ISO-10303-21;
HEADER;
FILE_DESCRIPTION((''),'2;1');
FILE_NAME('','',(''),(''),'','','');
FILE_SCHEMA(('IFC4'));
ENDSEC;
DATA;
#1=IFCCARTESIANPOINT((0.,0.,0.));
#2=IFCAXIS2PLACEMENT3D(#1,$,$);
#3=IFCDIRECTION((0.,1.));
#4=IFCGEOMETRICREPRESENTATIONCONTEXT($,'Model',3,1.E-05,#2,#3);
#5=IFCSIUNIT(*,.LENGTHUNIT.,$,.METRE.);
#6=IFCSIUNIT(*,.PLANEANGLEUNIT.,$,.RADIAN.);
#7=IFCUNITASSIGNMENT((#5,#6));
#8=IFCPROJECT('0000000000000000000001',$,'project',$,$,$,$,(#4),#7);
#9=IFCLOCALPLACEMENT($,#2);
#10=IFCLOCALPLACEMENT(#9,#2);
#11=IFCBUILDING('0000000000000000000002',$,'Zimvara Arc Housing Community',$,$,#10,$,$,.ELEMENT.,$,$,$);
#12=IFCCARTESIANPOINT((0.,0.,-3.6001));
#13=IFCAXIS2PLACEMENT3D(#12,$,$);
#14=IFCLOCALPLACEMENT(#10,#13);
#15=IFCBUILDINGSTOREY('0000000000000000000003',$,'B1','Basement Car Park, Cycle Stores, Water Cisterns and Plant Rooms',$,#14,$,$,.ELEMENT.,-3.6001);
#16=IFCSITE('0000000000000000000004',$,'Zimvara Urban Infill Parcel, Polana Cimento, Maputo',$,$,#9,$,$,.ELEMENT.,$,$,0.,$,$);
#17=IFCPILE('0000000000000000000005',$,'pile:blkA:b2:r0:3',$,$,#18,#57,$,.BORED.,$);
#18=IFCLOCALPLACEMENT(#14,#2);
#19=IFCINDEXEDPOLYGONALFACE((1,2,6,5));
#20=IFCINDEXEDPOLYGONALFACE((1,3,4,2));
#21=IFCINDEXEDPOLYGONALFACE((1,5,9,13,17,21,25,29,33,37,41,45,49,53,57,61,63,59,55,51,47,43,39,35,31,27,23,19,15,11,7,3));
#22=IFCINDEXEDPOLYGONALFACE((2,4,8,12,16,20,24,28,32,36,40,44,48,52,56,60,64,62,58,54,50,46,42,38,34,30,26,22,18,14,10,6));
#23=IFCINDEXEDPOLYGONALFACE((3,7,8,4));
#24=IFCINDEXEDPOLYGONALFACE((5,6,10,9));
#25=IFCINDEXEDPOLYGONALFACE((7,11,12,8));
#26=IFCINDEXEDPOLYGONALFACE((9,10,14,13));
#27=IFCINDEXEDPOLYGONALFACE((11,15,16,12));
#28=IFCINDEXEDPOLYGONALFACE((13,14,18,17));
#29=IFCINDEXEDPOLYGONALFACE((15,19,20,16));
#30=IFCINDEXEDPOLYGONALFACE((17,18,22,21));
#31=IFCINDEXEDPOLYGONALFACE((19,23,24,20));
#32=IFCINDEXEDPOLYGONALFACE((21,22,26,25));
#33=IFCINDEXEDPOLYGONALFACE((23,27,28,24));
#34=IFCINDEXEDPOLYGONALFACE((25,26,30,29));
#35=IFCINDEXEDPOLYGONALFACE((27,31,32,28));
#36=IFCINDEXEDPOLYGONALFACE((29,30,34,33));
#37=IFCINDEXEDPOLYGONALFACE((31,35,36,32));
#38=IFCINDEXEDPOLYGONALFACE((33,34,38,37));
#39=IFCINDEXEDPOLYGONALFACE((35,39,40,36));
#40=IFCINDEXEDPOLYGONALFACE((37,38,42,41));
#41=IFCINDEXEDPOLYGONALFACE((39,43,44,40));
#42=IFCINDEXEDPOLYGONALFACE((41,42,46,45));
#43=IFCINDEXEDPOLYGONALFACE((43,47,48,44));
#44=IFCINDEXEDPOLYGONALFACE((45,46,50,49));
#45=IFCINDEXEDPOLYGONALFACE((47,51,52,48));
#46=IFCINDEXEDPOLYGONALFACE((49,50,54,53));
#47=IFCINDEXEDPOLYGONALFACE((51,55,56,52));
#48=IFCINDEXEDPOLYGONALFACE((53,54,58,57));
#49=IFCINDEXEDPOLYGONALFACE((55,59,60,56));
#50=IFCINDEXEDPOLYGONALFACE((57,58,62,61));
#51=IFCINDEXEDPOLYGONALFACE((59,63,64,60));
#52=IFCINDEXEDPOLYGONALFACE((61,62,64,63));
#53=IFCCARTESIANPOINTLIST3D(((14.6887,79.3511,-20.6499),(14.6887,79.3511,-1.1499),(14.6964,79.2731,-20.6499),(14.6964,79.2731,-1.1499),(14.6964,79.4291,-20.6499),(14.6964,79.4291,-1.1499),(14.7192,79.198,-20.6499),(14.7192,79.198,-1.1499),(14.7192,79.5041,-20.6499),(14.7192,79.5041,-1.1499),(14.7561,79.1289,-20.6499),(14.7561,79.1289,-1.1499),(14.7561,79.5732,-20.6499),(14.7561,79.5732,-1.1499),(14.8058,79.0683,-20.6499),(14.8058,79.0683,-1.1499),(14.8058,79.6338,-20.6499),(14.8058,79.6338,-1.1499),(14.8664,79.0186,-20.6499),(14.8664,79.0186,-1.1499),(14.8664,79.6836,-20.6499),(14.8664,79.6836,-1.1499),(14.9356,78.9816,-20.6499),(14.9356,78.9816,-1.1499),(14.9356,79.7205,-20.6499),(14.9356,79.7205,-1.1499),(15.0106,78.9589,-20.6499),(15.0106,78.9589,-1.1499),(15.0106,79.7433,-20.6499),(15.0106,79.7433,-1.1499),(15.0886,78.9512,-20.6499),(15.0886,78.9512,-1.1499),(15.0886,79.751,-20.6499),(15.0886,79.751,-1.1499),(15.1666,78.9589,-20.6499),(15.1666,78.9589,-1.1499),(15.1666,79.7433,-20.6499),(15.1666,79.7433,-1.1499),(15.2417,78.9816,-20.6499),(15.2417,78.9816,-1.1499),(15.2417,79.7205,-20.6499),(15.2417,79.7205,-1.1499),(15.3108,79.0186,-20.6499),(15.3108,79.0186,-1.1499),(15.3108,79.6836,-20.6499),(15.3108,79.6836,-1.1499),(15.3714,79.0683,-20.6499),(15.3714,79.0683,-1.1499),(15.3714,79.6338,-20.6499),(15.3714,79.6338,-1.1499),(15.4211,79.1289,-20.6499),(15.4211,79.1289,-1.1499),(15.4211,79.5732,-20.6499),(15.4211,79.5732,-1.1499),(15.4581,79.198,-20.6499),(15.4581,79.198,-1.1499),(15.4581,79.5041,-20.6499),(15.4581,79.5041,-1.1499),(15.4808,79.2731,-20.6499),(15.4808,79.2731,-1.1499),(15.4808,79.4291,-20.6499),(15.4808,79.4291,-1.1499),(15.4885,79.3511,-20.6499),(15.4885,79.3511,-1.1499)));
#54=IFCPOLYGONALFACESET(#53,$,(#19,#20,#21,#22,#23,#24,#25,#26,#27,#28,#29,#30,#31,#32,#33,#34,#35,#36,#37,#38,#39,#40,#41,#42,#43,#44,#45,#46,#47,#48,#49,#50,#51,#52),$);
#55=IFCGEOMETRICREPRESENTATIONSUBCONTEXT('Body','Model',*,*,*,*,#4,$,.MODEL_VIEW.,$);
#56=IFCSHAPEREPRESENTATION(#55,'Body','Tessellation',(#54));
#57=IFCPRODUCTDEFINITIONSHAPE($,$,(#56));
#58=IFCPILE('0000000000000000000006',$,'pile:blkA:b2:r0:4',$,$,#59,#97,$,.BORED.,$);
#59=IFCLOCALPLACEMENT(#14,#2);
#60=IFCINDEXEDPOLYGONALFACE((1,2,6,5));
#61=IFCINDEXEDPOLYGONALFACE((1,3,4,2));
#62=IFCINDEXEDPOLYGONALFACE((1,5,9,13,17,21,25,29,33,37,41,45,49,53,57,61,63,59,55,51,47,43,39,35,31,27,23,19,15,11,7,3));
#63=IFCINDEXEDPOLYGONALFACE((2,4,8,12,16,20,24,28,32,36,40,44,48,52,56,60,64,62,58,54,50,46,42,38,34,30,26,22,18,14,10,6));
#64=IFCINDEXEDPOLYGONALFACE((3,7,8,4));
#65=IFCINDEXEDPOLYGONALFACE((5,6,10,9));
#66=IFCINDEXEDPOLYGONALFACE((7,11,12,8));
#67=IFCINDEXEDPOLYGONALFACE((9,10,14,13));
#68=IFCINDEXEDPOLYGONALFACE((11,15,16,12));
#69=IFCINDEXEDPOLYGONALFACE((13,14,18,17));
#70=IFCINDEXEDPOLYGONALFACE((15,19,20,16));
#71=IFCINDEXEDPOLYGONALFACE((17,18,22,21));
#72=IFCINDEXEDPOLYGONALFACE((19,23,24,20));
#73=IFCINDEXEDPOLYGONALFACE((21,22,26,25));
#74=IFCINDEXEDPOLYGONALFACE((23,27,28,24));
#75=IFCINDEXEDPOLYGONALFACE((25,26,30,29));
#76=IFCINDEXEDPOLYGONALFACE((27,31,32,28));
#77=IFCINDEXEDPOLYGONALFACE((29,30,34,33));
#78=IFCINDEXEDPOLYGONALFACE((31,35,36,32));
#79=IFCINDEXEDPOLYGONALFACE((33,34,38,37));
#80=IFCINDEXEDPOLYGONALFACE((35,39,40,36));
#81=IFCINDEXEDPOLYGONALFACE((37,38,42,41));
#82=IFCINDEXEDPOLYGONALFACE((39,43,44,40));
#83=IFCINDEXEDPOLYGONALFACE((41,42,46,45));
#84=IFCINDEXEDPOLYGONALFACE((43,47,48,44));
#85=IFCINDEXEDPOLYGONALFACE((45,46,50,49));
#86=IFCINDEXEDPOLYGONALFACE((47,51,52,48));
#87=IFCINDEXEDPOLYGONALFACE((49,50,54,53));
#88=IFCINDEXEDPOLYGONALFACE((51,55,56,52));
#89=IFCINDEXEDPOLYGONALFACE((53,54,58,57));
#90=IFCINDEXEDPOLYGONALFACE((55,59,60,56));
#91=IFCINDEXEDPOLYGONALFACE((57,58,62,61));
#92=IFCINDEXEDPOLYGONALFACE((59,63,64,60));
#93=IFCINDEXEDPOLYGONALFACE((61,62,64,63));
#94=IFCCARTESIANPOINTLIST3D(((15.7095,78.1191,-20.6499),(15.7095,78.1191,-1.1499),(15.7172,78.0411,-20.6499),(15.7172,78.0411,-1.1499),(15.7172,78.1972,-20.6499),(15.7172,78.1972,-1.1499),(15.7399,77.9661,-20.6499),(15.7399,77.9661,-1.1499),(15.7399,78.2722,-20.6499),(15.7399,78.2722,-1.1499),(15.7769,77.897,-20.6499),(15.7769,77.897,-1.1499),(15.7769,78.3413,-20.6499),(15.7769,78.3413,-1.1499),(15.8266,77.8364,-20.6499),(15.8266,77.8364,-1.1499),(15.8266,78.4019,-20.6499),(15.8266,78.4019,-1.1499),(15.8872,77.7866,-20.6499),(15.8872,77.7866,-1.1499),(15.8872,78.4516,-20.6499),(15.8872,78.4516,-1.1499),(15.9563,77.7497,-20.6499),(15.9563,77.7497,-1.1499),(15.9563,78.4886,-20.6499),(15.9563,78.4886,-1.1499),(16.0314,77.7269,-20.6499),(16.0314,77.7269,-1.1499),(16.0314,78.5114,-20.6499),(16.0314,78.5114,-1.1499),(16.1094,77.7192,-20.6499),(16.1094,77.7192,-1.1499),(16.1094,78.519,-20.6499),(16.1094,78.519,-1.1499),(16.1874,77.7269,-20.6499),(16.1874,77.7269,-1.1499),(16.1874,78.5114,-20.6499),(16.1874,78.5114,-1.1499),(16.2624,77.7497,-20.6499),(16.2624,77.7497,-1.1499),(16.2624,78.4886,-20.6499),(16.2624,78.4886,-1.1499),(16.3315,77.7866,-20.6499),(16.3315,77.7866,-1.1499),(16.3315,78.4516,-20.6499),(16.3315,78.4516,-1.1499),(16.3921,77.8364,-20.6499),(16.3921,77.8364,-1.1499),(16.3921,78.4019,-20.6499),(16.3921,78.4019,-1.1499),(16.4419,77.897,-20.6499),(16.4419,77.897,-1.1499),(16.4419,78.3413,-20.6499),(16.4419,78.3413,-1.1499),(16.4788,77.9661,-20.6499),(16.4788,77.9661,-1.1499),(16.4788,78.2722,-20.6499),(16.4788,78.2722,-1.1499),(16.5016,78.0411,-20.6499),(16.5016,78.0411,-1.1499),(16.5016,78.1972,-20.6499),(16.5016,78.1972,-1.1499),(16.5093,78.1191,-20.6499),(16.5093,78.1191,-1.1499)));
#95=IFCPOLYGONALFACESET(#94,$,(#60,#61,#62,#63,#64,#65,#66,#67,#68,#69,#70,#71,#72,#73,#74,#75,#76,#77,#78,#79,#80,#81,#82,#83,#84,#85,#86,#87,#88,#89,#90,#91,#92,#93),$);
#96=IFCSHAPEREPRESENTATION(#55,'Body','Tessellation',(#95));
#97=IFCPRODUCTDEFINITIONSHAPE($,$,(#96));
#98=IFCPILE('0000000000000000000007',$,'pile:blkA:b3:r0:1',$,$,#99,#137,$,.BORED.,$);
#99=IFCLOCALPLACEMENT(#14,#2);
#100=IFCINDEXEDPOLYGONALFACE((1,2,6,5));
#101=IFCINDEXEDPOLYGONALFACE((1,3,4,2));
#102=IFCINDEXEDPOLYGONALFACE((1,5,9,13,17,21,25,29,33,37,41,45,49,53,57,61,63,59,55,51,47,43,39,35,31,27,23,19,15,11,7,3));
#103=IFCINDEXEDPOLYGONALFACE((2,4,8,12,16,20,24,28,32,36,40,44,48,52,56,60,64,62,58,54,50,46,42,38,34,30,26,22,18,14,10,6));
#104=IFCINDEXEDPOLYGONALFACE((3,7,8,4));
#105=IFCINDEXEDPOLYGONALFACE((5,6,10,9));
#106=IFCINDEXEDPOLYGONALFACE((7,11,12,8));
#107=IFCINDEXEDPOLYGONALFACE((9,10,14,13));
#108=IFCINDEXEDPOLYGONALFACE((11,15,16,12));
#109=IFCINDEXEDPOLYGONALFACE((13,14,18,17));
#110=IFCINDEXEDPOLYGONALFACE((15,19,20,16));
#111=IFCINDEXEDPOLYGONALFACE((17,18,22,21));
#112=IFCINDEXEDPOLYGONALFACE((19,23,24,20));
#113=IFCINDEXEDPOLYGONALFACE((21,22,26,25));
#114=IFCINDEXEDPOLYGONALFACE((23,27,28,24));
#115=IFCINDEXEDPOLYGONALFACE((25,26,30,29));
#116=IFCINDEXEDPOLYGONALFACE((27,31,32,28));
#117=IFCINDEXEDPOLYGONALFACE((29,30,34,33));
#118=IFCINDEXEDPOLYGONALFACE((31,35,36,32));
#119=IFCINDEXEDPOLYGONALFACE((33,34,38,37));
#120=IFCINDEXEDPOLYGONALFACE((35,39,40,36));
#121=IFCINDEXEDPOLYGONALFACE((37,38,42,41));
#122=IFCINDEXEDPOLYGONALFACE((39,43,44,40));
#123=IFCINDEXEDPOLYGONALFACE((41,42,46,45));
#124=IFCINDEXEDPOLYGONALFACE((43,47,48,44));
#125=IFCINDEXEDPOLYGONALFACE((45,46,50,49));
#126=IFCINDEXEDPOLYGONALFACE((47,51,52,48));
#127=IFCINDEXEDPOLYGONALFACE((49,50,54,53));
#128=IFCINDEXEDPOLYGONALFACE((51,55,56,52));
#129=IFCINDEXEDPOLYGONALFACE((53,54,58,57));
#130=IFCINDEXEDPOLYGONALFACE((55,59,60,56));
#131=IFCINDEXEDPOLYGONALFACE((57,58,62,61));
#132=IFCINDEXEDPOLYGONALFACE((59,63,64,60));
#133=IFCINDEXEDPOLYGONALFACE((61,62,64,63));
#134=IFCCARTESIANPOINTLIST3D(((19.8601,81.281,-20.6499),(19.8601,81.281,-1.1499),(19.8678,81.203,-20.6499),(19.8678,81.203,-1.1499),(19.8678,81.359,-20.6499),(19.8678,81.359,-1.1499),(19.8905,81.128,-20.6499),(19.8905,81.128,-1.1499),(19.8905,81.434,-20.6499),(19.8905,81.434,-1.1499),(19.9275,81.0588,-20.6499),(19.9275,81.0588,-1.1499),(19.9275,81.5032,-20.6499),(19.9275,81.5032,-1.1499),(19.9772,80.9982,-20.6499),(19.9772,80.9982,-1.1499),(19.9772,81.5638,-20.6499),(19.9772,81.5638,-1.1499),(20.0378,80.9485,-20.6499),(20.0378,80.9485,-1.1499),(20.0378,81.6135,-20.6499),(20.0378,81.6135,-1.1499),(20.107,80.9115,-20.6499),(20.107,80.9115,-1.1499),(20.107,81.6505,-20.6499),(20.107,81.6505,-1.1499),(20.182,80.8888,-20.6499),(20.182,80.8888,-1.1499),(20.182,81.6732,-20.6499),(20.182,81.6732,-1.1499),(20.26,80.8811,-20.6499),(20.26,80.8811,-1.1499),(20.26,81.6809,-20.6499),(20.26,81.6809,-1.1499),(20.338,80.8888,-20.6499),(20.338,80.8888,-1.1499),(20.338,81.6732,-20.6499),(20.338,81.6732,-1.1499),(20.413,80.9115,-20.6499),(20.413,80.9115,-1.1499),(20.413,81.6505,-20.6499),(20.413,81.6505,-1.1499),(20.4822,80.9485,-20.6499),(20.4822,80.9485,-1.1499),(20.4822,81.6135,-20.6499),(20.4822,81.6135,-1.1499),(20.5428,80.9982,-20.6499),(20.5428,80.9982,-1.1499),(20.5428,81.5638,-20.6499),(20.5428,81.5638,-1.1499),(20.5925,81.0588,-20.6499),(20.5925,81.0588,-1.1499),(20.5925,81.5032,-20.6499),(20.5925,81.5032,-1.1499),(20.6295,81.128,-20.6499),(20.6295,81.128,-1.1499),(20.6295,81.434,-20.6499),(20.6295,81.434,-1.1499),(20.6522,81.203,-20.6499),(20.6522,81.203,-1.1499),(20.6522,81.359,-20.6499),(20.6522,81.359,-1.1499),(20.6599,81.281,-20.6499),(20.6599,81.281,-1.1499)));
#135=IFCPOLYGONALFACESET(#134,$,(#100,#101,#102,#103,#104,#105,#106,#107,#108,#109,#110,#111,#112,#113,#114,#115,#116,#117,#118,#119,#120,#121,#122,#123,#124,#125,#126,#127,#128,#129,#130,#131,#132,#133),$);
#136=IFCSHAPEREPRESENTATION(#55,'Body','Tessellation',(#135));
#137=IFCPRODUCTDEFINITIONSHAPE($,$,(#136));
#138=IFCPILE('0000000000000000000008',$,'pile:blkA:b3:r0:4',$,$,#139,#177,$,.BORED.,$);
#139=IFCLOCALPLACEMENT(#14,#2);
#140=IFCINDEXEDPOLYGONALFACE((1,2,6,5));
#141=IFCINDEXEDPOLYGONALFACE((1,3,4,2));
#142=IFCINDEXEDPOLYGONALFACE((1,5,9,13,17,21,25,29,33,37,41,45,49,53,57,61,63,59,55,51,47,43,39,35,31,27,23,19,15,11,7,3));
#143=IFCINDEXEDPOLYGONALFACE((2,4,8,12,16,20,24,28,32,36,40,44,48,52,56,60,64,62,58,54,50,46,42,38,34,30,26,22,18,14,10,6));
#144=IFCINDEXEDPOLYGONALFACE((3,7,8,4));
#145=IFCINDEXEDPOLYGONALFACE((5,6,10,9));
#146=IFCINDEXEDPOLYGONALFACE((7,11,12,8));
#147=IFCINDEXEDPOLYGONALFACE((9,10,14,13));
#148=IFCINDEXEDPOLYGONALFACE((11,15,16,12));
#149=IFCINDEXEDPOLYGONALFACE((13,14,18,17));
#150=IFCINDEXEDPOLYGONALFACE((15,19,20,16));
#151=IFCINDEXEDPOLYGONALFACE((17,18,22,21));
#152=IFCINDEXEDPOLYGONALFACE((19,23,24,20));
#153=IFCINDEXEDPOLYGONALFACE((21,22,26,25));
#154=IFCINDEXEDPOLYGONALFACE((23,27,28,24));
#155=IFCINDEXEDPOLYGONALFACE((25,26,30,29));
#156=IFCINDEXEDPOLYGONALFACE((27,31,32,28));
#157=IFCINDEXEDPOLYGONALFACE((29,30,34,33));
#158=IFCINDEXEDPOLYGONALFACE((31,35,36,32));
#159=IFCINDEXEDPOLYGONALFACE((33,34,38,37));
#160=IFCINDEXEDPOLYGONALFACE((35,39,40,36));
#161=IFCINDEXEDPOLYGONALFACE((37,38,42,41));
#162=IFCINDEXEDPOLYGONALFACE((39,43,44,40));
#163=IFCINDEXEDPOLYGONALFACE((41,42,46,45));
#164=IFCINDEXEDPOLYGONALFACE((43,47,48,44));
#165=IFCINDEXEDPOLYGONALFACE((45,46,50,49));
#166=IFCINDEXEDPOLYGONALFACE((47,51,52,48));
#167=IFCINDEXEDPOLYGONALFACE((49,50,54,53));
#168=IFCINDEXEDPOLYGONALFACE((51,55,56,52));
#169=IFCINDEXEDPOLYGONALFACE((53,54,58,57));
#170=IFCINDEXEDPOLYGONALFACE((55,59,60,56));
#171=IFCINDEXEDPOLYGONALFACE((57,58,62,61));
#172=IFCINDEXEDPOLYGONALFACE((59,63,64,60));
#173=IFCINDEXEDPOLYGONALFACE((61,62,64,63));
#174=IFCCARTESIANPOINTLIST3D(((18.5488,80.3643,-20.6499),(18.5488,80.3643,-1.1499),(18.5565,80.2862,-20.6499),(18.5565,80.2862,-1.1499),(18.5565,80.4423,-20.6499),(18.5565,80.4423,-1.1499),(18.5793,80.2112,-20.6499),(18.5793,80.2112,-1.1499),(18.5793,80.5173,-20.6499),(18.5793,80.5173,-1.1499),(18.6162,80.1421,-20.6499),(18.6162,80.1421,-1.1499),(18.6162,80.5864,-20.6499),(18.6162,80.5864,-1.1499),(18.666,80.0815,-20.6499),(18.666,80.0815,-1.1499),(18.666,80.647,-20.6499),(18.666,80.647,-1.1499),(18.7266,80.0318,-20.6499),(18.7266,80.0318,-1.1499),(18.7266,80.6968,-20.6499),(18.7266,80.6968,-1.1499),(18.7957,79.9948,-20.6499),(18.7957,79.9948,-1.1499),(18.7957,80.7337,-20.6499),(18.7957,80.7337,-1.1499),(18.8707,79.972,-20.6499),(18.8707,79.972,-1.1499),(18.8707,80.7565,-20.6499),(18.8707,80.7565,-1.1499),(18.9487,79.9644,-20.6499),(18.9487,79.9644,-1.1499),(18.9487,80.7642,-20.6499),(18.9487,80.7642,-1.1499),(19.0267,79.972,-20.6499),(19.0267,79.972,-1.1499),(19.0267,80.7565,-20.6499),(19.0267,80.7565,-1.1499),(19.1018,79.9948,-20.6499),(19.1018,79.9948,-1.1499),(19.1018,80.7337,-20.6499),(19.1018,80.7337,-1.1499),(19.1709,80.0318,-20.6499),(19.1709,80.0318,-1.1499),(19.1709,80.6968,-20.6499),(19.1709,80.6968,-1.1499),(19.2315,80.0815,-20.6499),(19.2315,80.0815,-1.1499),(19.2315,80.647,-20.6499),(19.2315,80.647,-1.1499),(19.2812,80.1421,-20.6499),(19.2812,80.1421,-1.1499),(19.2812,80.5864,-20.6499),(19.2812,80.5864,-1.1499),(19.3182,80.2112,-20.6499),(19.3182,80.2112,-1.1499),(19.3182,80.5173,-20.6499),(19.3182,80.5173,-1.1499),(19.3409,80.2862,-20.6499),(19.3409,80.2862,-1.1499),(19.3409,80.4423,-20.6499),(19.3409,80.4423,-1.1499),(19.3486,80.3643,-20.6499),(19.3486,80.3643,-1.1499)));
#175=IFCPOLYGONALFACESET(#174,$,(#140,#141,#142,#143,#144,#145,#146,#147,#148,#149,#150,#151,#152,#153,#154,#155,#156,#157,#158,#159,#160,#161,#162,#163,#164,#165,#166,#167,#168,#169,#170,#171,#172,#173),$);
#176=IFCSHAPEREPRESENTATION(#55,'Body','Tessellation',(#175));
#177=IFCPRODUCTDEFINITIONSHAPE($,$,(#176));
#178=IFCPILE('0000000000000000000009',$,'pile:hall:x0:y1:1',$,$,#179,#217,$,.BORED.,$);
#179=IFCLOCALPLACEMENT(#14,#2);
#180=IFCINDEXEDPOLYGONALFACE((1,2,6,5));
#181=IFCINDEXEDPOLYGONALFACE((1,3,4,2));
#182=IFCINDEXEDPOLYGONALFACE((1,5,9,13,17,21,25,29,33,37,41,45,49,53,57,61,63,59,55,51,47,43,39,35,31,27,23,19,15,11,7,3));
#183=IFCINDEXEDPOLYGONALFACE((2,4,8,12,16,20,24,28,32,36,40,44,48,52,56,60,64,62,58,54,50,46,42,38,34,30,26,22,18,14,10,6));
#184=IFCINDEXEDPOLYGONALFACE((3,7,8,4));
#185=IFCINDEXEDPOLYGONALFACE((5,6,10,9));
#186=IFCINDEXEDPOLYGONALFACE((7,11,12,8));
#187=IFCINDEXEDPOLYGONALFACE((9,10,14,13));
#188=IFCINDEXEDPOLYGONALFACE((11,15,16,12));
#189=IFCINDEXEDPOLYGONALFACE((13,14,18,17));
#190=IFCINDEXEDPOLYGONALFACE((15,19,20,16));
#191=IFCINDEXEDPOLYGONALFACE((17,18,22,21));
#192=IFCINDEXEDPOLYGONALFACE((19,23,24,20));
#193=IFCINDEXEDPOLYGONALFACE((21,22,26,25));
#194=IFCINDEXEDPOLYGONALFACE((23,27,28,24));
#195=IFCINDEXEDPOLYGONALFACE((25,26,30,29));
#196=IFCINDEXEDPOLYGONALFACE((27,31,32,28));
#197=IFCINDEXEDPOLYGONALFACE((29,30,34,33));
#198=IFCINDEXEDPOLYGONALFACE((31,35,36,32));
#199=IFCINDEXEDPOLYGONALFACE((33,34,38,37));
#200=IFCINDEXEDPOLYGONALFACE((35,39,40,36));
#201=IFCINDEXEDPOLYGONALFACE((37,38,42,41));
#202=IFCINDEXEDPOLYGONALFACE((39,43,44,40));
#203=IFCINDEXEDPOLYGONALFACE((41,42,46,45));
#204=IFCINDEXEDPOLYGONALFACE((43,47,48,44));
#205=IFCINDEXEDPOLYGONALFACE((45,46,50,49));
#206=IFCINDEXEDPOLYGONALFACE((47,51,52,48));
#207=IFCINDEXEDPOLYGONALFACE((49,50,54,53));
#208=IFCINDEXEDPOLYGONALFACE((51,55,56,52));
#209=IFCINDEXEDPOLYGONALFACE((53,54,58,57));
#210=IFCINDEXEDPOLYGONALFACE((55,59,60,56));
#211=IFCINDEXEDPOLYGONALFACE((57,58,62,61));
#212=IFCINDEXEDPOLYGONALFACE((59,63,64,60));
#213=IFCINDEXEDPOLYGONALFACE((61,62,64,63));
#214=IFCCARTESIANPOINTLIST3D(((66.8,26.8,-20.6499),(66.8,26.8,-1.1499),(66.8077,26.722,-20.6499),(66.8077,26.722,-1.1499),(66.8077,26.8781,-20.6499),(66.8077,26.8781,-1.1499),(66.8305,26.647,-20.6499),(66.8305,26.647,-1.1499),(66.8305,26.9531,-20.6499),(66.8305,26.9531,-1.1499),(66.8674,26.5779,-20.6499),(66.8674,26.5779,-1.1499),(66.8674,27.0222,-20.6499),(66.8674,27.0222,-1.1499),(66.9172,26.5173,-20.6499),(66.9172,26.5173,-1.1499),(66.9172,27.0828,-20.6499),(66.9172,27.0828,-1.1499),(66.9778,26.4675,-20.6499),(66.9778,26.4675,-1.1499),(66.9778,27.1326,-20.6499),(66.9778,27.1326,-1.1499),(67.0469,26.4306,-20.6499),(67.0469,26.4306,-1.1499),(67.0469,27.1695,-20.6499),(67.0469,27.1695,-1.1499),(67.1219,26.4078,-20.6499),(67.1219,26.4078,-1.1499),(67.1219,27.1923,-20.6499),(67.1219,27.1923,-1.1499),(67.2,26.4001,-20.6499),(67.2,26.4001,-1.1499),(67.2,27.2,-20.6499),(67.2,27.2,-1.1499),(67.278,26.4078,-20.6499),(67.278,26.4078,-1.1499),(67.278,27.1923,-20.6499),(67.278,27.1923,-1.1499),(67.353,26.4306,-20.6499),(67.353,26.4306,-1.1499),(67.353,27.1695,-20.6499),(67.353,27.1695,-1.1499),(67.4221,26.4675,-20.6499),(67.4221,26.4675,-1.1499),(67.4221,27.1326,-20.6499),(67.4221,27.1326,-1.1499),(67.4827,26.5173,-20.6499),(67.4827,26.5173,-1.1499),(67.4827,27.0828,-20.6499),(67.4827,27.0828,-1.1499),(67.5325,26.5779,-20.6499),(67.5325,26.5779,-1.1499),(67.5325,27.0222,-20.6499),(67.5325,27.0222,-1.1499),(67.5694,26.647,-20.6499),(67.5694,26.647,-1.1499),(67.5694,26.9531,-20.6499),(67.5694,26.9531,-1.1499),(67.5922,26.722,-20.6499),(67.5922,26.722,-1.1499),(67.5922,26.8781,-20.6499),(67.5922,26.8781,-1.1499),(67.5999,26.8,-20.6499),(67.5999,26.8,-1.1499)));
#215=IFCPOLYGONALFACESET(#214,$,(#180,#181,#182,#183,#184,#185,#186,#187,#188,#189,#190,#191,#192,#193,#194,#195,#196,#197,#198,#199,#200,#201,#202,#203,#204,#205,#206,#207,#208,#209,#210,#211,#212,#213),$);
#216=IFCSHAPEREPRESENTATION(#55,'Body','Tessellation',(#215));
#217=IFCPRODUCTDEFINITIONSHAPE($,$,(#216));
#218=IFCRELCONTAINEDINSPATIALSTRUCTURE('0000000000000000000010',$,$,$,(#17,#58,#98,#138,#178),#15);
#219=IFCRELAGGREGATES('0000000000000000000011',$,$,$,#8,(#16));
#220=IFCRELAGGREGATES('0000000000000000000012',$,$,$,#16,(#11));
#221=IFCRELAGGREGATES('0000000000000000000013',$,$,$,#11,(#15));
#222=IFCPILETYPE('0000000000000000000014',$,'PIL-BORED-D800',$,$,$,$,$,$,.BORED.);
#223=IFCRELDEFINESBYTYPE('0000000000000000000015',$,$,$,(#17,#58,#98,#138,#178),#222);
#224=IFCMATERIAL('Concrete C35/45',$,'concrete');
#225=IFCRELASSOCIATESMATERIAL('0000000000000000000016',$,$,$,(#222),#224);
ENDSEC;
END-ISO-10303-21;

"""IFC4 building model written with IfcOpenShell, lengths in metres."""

from ifc_helpers import new_model, si_unit, direction, frame, origin, origin_2d, place, context, subcontext, project, spatial, circle, extrude, material, material_profile, profile_set, type_object, element, save


model = new_model("IFC4")

# Units and contexts
model_context = context("Model", 3, precision=1e-05, world=origin(), true_north=direction((0.0, 1.0)))
body_context = subcontext(model_context, "Body", "Model", "MODEL_VIEW")
ifc_project = project(units=[si_unit("LENGTHUNIT", "METRE"), si_unit("PLANEANGLEUNIT", "RADIAN")], contexts=[model_context])

# Site, building, storey
site_placement = place(None, origin())
site = spatial("IfcSite", under=ifc_project, at=site_placement, Name="Zimvara Urban Infill Parcel, Polana Cimento, Maputo", CompositionType="ELEMENT", RefElevation=0.0)
building_placement = place(site_placement, origin())
building = spatial("IfcBuilding", under=site, at=building_placement, Name="Zimvara Arc Housing Community", CompositionType="ELEMENT")
storey_placement = place(building_placement, frame((0.0, 0.0, -3.6001)))
storey = spatial("IfcBuildingStorey", under=building, at=storey_placement, Name="B1", Description="Basement Car Park, Cycle Stores, Water Cisterns and Plant Rooms", CompositionType="ELEMENT", Elevation=-3.6001)

# Piles
ifc_material_1 = material(Name="Concrete C35/45", Category="concrete")
ifc_material_profile_1 = material_profile(ifc_material_1, circle(Radius=0.3999, at=origin_2d()), Name="PILE D800")
ifc_profile_set_1 = profile_set([ifc_material_profile_1], Name="Concrete C35/45")
pile_type = type_object("IfcPileType", Name="PIL-BORED-D800", PredefinedType="BORED", material=ifc_profile_set_1)
for number, where, z_axis, x_axis, name in (
    (1, (15.0886, 79.3511, -1.1499), (0.0, 0.0, -1.0), (1.0, 0.0, 0.0), "pile:blkA:b2:r0:3"),
    (2, (16.1094, 78.1191, -1.1499), (0.0, 0.0, -1.0), (1.0, 0.0, 0.0), "pile:blkA:b2:r0:4"),
    (3, (20.26, 81.281, -1.1499), (0.0, 0.0, -1.0), (1.0, 0.0, 0.0), "pile:blkA:b3:r0:1"),
    (4, (18.9487, 80.3643, -1.1499), (0.0, 0.0, -1.0), (1.0, 0.0, 0.0), "pile:blkA:b3:r0:4"),
    (5, (67.2, 26.8, -1.1499), (0.0, 0.0, -1.0), (1.0, 0.0, 0.0), "pile:hall:x0:y1:1"),
):
    element("IfcPile", number, at=place(storey_placement, frame(where, z_axis=z_axis, x_axis=x_axis)), inside=storey, type_object=pile_type, Name=name, PredefinedType="BORED", context=body_context, shape_type="SweptSolid", body=[
        extrude(circle(Radius=0.3999, at=origin_2d()), origin(), (0.0, 0.0, 1.0), 19.5),
    ])

save(model, "model.ifc")
